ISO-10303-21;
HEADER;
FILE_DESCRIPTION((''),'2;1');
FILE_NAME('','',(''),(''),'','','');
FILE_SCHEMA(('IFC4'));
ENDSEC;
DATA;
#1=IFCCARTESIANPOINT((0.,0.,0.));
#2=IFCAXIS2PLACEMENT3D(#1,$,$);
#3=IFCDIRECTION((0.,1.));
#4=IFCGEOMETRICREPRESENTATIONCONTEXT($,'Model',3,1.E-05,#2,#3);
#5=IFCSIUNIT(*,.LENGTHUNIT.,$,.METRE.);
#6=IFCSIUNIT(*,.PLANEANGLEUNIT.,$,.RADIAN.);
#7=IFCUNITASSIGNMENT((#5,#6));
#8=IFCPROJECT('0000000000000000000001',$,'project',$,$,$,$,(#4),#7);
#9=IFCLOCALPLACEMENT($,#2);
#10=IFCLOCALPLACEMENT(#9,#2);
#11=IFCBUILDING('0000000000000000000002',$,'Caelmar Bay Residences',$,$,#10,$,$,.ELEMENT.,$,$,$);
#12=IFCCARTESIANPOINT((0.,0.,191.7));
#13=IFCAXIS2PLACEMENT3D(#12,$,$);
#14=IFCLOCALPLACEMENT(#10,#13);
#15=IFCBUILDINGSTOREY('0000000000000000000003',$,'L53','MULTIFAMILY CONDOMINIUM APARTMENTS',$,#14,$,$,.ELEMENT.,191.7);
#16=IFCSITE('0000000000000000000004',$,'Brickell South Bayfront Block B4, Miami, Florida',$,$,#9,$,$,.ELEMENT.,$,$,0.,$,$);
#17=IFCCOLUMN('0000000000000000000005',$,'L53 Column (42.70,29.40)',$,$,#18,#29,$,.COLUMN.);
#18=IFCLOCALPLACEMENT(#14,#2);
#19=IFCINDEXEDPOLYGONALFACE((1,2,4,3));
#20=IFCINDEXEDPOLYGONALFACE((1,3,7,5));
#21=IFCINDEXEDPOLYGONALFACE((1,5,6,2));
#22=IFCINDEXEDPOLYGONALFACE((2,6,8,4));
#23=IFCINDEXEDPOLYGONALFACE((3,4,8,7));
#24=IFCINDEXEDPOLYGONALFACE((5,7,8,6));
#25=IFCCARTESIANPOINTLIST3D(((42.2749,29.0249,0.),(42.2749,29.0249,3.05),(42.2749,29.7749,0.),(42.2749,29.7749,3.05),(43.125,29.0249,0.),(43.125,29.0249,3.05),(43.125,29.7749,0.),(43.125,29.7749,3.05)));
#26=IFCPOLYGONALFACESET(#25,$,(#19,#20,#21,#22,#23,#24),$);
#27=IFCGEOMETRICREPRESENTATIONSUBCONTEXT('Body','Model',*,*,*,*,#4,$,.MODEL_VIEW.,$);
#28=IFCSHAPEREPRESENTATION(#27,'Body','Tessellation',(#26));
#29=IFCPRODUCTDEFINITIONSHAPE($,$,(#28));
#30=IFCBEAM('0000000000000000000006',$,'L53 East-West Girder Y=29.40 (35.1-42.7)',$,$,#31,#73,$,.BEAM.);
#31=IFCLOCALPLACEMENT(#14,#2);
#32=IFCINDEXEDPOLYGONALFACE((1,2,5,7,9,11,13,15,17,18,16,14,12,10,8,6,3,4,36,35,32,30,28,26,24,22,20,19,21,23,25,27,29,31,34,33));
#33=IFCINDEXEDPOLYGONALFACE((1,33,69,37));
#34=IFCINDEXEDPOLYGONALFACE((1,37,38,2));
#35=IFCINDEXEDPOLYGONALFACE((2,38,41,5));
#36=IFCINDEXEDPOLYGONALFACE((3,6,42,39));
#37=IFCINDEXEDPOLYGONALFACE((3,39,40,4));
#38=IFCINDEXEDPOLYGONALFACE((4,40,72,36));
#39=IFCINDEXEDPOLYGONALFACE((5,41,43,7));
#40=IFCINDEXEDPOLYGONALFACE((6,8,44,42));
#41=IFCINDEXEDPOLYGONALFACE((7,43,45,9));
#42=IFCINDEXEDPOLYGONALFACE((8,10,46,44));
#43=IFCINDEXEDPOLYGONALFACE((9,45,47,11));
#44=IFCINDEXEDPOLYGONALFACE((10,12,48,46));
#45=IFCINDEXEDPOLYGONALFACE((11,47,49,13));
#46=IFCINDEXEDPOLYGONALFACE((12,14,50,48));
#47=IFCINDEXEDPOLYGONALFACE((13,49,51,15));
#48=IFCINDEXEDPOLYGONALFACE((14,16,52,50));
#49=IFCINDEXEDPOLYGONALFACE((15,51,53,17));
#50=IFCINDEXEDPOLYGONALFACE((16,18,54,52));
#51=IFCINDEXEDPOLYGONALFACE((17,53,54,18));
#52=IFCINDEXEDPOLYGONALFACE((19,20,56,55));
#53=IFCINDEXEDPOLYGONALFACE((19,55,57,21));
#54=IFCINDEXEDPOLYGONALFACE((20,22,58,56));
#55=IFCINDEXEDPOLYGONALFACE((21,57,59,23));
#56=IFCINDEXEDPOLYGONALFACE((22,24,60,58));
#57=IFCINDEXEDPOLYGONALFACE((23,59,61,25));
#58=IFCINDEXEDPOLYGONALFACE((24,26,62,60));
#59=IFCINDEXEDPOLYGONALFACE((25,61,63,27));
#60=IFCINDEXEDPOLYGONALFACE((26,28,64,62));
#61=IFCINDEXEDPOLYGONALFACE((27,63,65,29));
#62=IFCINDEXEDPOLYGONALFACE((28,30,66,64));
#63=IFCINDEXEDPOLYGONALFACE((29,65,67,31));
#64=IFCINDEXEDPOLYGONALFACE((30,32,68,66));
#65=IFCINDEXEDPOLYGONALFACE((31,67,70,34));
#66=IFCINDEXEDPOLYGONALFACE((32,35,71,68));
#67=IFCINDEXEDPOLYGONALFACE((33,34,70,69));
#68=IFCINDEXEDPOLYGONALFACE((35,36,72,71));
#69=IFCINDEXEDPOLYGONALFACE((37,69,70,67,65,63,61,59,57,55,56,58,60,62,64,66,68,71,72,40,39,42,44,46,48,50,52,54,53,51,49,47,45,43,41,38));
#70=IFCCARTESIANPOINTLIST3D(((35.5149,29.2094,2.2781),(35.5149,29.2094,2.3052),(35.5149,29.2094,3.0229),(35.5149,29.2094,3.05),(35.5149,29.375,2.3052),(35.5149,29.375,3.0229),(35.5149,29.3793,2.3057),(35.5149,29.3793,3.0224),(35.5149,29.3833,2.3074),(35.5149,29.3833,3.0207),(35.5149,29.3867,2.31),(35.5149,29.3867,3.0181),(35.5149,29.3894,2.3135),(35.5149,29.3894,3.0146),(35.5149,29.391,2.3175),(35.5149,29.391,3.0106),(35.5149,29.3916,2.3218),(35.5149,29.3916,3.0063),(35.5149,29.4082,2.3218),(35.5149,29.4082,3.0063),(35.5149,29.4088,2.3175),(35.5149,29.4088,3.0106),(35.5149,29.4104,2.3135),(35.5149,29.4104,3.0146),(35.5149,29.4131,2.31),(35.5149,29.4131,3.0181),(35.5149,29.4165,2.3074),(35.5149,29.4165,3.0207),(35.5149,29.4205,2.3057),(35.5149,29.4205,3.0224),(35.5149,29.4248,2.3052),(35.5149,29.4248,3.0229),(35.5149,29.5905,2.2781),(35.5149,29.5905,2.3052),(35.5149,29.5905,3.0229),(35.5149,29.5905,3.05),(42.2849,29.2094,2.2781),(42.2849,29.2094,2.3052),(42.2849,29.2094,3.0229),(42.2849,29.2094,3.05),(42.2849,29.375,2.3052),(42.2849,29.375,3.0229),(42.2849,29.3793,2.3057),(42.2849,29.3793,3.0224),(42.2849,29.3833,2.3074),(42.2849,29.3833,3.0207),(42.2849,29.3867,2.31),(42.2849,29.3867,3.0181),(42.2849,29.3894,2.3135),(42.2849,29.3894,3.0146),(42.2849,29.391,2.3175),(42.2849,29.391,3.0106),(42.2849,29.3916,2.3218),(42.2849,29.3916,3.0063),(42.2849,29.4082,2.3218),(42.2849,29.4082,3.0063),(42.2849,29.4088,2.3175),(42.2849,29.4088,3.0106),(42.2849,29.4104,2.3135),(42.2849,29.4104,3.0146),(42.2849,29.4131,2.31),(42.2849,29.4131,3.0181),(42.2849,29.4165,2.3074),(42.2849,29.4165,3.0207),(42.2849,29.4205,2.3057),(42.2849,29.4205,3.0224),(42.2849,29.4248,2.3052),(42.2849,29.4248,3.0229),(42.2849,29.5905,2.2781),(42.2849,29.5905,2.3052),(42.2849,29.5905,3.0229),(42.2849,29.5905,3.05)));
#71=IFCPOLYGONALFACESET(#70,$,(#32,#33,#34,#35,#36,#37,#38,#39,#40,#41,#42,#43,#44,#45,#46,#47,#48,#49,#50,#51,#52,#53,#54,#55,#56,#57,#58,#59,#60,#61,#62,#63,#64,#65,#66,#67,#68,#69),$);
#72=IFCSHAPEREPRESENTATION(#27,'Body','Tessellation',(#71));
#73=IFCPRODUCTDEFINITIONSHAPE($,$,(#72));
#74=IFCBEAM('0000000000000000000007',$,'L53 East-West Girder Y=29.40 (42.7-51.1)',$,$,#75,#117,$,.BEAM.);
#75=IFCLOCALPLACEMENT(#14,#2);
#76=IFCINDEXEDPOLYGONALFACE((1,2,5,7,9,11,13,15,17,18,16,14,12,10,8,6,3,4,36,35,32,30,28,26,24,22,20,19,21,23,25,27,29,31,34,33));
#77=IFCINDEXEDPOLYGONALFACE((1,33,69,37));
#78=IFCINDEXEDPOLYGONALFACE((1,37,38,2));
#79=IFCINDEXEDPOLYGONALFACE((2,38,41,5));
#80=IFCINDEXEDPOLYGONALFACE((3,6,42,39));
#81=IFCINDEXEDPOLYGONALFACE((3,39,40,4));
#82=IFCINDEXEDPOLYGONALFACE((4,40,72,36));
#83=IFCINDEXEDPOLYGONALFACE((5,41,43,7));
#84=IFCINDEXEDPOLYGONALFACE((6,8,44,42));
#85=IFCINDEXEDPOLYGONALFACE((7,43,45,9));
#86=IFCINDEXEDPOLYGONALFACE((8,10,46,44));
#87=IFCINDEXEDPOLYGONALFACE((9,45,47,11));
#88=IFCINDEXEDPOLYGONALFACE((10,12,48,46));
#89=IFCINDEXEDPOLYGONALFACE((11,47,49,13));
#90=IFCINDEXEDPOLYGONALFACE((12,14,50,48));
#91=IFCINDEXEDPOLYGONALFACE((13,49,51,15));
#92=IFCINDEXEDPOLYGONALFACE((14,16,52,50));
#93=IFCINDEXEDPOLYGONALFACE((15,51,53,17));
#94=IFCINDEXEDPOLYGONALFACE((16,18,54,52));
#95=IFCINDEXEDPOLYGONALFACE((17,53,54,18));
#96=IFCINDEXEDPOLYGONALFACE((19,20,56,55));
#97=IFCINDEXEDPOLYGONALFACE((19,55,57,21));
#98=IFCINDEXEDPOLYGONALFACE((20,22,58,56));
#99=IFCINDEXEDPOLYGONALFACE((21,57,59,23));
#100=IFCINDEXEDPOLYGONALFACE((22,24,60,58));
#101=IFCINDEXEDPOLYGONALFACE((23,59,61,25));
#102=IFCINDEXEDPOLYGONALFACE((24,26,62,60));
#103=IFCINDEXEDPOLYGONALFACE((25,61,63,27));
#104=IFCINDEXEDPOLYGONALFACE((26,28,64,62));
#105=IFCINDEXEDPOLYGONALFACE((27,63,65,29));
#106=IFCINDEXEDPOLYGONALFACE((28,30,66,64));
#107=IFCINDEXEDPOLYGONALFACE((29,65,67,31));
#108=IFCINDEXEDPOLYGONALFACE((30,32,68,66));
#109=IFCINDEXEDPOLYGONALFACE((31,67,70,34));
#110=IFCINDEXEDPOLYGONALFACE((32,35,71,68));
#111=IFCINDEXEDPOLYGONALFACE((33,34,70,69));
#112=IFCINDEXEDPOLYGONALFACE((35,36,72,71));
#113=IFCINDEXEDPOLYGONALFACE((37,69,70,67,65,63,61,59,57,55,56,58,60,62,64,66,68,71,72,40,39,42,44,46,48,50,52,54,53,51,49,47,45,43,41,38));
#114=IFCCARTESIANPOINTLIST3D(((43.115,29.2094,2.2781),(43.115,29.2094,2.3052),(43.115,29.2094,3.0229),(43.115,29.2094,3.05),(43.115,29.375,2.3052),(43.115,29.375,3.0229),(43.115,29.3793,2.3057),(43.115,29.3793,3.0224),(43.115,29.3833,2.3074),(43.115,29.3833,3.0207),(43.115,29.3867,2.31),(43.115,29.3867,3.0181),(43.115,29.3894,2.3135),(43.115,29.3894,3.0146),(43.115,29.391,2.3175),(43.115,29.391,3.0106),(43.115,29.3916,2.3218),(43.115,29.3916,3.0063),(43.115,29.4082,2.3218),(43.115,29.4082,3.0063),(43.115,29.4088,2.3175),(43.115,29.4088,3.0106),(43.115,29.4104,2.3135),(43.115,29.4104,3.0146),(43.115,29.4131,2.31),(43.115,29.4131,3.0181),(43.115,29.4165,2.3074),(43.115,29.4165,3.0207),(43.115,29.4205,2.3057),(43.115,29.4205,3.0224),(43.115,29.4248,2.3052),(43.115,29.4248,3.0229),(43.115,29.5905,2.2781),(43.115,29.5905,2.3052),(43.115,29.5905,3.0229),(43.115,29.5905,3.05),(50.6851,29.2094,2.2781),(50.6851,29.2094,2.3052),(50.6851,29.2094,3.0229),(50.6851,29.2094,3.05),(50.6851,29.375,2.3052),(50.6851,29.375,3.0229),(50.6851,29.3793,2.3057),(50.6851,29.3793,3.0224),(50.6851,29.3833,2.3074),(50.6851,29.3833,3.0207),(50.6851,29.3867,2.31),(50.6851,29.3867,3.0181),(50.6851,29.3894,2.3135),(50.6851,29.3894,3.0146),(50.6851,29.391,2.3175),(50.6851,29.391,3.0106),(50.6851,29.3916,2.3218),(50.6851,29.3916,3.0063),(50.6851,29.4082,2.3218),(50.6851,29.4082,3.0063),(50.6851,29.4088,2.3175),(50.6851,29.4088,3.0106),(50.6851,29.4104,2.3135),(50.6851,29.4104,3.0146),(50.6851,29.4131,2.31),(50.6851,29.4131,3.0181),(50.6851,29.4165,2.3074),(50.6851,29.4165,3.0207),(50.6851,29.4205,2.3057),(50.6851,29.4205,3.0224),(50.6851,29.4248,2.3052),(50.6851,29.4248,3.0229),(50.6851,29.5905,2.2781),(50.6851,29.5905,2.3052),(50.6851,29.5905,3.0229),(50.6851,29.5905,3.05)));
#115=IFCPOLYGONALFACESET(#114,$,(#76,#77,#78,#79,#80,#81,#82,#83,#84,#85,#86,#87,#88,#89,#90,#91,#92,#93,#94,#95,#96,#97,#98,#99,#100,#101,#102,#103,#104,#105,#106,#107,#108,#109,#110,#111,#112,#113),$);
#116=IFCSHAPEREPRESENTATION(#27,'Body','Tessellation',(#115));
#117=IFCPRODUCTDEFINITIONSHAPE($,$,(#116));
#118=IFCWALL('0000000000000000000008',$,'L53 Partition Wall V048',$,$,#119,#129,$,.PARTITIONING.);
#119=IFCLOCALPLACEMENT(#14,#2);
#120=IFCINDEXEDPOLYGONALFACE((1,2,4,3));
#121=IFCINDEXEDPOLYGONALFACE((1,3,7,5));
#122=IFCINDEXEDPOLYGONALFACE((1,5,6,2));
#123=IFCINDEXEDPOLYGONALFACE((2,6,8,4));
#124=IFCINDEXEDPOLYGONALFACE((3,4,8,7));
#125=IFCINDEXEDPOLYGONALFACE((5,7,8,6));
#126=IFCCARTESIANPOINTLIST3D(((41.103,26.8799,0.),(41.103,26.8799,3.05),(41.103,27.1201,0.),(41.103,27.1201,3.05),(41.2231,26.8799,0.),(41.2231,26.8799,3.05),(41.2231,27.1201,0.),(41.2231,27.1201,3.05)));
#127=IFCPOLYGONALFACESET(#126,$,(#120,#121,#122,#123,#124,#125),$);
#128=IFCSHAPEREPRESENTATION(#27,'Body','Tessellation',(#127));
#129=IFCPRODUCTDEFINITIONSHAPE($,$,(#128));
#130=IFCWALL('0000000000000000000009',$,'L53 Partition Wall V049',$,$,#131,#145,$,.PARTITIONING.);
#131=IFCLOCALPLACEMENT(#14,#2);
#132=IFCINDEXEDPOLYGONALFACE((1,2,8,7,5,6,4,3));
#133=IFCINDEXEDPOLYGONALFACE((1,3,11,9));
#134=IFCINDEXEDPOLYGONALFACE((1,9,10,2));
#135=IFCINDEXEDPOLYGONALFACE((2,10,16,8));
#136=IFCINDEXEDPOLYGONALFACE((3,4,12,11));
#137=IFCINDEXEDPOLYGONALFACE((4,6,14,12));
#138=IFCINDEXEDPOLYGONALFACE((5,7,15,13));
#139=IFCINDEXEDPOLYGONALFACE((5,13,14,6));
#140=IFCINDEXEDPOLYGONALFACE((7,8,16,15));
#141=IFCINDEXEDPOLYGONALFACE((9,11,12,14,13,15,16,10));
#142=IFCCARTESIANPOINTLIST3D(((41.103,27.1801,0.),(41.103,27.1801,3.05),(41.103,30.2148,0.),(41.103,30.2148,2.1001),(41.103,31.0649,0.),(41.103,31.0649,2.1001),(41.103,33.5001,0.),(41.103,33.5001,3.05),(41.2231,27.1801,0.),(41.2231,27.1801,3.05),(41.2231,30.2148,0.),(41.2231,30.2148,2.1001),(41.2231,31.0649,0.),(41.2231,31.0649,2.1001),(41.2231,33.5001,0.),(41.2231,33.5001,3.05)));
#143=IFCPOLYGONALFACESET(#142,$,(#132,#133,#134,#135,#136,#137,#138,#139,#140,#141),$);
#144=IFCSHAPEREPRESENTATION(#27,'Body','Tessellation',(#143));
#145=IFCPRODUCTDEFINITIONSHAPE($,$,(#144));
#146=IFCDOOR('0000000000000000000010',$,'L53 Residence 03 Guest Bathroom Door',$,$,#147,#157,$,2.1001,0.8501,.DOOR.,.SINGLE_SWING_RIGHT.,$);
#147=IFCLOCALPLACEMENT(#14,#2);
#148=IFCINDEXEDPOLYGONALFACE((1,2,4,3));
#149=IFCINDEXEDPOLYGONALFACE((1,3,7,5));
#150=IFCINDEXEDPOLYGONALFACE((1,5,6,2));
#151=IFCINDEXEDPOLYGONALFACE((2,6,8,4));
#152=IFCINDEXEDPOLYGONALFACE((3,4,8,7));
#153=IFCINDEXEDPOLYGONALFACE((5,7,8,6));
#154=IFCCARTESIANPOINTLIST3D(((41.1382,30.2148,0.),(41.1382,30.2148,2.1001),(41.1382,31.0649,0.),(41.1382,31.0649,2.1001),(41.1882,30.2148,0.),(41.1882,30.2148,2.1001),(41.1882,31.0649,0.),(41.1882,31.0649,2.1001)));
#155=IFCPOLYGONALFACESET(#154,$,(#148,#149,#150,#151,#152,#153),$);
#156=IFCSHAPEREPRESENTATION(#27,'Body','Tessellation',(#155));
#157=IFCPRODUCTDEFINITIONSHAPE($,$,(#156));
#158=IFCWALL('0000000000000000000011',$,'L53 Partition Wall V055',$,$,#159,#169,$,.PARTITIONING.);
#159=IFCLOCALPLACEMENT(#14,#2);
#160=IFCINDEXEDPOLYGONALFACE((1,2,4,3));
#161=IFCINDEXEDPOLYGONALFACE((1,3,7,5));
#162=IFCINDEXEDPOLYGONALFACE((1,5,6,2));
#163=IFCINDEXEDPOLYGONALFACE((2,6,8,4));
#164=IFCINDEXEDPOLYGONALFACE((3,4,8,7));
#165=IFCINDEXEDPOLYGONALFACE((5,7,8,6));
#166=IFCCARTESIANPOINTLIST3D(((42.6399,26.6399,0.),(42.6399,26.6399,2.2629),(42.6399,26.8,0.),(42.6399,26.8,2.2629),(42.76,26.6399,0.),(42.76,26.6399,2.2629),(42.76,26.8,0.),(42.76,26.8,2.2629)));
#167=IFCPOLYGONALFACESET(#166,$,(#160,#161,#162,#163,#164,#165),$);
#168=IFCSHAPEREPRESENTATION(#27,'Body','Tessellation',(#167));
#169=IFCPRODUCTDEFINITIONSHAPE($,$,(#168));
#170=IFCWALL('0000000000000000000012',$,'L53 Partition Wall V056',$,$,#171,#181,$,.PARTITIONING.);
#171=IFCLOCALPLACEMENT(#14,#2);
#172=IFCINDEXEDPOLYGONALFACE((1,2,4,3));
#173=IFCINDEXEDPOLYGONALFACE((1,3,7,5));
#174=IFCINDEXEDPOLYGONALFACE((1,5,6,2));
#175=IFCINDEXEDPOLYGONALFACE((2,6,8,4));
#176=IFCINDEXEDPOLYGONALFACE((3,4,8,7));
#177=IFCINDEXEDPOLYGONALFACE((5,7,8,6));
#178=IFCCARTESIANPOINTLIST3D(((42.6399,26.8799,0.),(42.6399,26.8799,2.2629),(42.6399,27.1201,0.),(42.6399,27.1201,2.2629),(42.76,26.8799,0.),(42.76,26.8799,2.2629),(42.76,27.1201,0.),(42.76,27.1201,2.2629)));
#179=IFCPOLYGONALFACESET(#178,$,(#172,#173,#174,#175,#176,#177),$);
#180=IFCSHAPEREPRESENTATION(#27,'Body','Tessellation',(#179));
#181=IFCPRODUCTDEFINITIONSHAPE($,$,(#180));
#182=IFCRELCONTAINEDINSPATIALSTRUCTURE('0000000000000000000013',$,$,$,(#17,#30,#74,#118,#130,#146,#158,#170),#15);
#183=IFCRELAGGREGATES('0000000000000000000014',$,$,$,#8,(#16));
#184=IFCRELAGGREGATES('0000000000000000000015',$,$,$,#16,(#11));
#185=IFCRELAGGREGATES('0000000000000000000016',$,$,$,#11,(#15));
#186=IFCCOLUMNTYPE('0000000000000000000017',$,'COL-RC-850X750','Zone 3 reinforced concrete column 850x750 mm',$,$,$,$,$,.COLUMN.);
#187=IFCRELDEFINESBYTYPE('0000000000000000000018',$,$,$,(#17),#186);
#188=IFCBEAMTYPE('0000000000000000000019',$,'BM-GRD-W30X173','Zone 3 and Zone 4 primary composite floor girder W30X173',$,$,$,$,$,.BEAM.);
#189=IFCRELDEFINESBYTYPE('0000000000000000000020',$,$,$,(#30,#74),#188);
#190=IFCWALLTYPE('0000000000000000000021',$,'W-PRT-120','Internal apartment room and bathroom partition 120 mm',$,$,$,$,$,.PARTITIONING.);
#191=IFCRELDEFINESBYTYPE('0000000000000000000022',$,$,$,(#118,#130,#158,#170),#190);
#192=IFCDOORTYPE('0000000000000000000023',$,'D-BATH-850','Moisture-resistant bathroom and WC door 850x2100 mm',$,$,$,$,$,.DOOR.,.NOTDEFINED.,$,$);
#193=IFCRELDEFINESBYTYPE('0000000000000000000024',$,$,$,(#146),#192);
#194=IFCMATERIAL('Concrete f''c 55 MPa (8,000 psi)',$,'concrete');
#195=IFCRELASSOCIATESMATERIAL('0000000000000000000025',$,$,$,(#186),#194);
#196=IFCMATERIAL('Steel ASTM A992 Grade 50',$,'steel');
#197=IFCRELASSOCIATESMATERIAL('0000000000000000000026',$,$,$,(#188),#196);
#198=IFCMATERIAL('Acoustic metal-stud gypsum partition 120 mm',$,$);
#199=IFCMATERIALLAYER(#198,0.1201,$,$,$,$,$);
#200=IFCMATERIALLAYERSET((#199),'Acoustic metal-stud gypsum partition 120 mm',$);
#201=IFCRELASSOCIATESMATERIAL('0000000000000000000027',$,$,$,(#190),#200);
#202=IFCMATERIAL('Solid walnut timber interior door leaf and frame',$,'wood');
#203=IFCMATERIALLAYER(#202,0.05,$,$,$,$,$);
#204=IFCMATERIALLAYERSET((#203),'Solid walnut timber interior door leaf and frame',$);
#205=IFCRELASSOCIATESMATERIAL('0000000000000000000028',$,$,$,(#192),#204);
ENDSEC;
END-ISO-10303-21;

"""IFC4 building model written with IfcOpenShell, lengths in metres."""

from ifc_helpers import new_model, si_unit, direction, frame, frame_2d, origin, origin_2d, place, context, subcontext, project, spatial, rectangle, i_section, extrude, material, layer, layer_set, material_profile, profile_set, type_object, element, fill, save


model = new_model("IFC4")

# Units and contexts
model_context = context("Model", 3, precision=1e-05, world=origin(), true_north=direction((0.0, 1.0)))
body_context = subcontext(model_context, "Body", "Model", "MODEL_VIEW")
ifc_project = project(units=[si_unit("LENGTHUNIT", "METRE"), si_unit("PLANEANGLEUNIT", "RADIAN")], contexts=[model_context])

# Site, building, storey
site_placement = place(None, origin())
site = spatial("IfcSite", under=ifc_project, at=site_placement, Name="Brickell South Bayfront Block B4, Miami, Florida", CompositionType="ELEMENT", RefElevation=0.0)
building_placement = place(site_placement, origin())
building = spatial("IfcBuilding", under=site, at=building_placement, Name="Caelmar Bay Residences", CompositionType="ELEMENT")
storey_placement = place(building_placement, frame((0.0, 0.0, 191.7)))
storey = spatial("IfcBuildingStorey", under=building, at=storey_placement, Name="L53", Description="MULTIFAMILY CONDOMINIUM APARTMENTS", CompositionType="ELEMENT", Elevation=191.7)

# Column
ifc_material_1 = material(Name="Concrete f'c 55 MPa (8,000 psi)", Category="concrete")
ifc_material_profile_1 = material_profile(ifc_material_1, rectangle(XDim=0.8501, YDim=0.75, at=origin_2d()), Name="RC-COL-850X750")
ifc_profile_set_1 = profile_set([ifc_material_profile_1], Name="Concrete f'c 55 MPa (8,000 psi)")
column_type = type_object("IfcColumnType", Name="COL-RC-850X750", Description="Zone 3 reinforced concrete column 850x750 mm", PredefinedType="COLUMN", material=ifc_profile_set_1)
column_placement = place(storey_placement, frame((42.7, 29.3999, 0.0), z_axis=(0.0, 0.0, 1.0), x_axis=(1.0, 0.0, 0.0)))
element("IfcColumn", 1, at=column_placement, inside=storey, type_object=column_type, Name="L53 Column (42.70,29.40)", PredefinedType="COLUMN", context=body_context, shape_type="SweptSolid", body=[
    extrude(rectangle(XDim=0.8501, YDim=0.75, at=origin_2d()), origin(), (0.0, 0.0, 1.0), 3.05),
])

# Beams
ifc_material_2 = material(Name="Steel ASTM A992 Grade 50", Category="steel")
ifc_material_profile_2 = material_profile(ifc_material_2, i_section(OverallWidth=0.3811, OverallDepth=0.772, WebThickness=0.0166, FlangeThickness=0.0271, FilletRadius=0.0166, at=origin_2d()), Name="W30X173")
ifc_profile_set_2 = profile_set([ifc_material_profile_2], Name="Steel ASTM A992 Grade 50")
beam_type = type_object("IfcBeamType", Name="BM-GRD-W30X173", Description="Zone 3 and Zone 4 primary composite floor girder W30X173", PredefinedType="BEAM", material=ifc_profile_set_2)
beam_1_placement = place(storey_placement, frame((35.5149, 29.3999, 2.6641), z_axis=(1.0, 0.0, 0.0), x_axis=(0.0, 1.0, 0.0)))
element("IfcBeam", 2, at=beam_1_placement, inside=storey, type_object=beam_type, Name="L53 East-West Girder Y=29.40 (35.1-42.7)", PredefinedType="BEAM", context=body_context, shape_type="SweptSolid", body=[
    extrude(i_section(OverallWidth=0.3811, OverallDepth=0.772, WebThickness=0.0166, FlangeThickness=0.0271, FilletRadius=0.0166, at=origin_2d()), origin(), (0.0, 0.0, 1.0), 6.77),
])
beam_2_placement = place(storey_placement, frame((43.115, 29.3999, 2.6641), z_axis=(1.0, 0.0, 0.0), x_axis=(0.0, 1.0, 0.0)))
element("IfcBeam", 3, at=beam_2_placement, inside=storey, type_object=beam_type, Name="L53 East-West Girder Y=29.40 (42.7-51.1)", PredefinedType="BEAM", context=body_context, shape_type="SweptSolid", body=[
    extrude(i_section(OverallWidth=0.3811, OverallDepth=0.772, WebThickness=0.0166, FlangeThickness=0.0271, FilletRadius=0.0166, at=origin_2d()), origin(), (0.0, 0.0, 1.0), 7.5701),
])

# Wall
ifc_material_3 = material(Name="Acoustic metal-stud gypsum partition 120 mm")
ifc_layer_1 = layer(ifc_material_3, 0.1201)
ifc_layer_set_1 = layer_set([ifc_layer_1], Name="Acoustic metal-stud gypsum partition 120 mm")
wall_type_1 = type_object("IfcWallType", Name="W-PRT-120", Description="Internal apartment room and bathroom partition 120 mm", PredefinedType="PARTITIONING", material=ifc_layer_set_1)
wall_1_placement = place(storey_placement, frame((41.1631, 26.8799, 0.0), z_axis=(0.0, 0.0, 1.0), x_axis=(0.0, 1.0, 0.0)))
element("IfcWall", 4, at=wall_1_placement, inside=storey, type_object=wall_type_1, Name="L53 Partition Wall V048", PredefinedType="PARTITIONING", context=body_context, shape_type="SweptSolid", body=[
    extrude(rectangle(XDim=0.2402, YDim=0.1201, at=frame_2d((0.1201, 0.0))), origin(), (0.0, 0.0, 1.0), 3.05),
])

# Wall, opening, door
wall_2_placement = place(storey_placement, frame((41.1631, 27.1799, 0.0), z_axis=(0.0, 0.0, 1.0), x_axis=(0.0, 1.0, 0.0)))
wall_2 = element("IfcWall", 5, at=wall_2_placement, inside=storey, type_object=wall_type_1, Name="L53 Partition Wall V049", PredefinedType="PARTITIONING", context=body_context, shape_type="SweptSolid", body=[
    extrude(rectangle(XDim=6.3201, YDim=0.1201, at=frame_2d((3.1602, 0.0))), origin(), (0.0, 0.0, 1.0), 3.05),
])
opening_1_placement = place(wall_2_placement, frame((3.0349, 0.0, 0.0)))
opening_1 = element("IfcOpeningElement", 6, at=opening_1_placement, cuts=wall_2, PredefinedType="OPENING", context=body_context, shape_type="SweptSolid", body=[
    extrude(rectangle(XDim=0.8501, YDim=2.1001, at=frame_2d((0.425, 1.05))), frame((0.0, 0.0701, 0.0), z_axis=(0.0, -1.0, 0.0), x_axis=(1.0, 0.0, 0.0)), (0.0, 0.0, 1.0), 0.1401),
])
ifc_material_4 = material(Name="Solid walnut timber interior door leaf and frame", Category="wood")
ifc_layer_2 = layer(ifc_material_4, 0.05)
ifc_layer_set_2 = layer_set([ifc_layer_2], Name="Solid walnut timber interior door leaf and frame")
door_type_1 = type_object("IfcDoorType", Name="D-BATH-850", Description="Moisture-resistant bathroom and WC door 850x2100 mm", OperationType="NOTDEFINED", PredefinedType="DOOR", material=ifc_layer_set_2)
door_1_placement = place(opening_1_placement, origin())
door_1 = element("IfcDoor", 7, at=door_1_placement, inside=storey, type_object=door_type_1, Name="L53 Residence 03 Guest Bathroom Door", OperationType="SINGLE_SWING_RIGHT", OverallHeight=2.1001, OverallWidth=0.8501, PredefinedType="DOOR", context=body_context, shape_type="SweptSolid", body=[
    extrude(rectangle(XDim=0.8501, YDim=2.1001, at=frame_2d((0.425, 1.05))), frame((0.0, 0.0249, 0.0), z_axis=(0.0, -1.0, 0.0), x_axis=(1.0, 0.0, 0.0)), (0.0, 0.0, 1.0), 0.05),
])
fill(opening_1, door_1)

# Walls
wall_3_placement = place(storey_placement, frame((42.7, 26.6399, 0.0), z_axis=(0.0, 0.0, 1.0), x_axis=(0.0, 1.0, 0.0)))
element("IfcWall", 8, at=wall_3_placement, inside=storey, type_object=wall_type_1, Name="L53 Partition Wall V055", PredefinedType="PARTITIONING", context=body_context, shape_type="SweptSolid", body=[
    extrude(rectangle(XDim=0.1602, YDim=0.1201, at=frame_2d((0.0801, 0.0))), origin(), (0.0, 0.0, 1.0), 2.2629),
])
wall_4_placement = place(storey_placement, frame((42.7, 26.8799, 0.0), z_axis=(0.0, 0.0, 1.0), x_axis=(0.0, 1.0, 0.0)))
element("IfcWall", 9, at=wall_4_placement, inside=storey, type_object=wall_type_1, Name="L53 Partition Wall V056", PredefinedType="PARTITIONING", context=body_context, shape_type="SweptSolid", body=[
    extrude(rectangle(XDim=0.2402, YDim=0.1201, at=frame_2d((0.1201, 0.0))), origin(), (0.0, 0.0, 1.0), 2.2629),
])

save(model, "model.ifc")
